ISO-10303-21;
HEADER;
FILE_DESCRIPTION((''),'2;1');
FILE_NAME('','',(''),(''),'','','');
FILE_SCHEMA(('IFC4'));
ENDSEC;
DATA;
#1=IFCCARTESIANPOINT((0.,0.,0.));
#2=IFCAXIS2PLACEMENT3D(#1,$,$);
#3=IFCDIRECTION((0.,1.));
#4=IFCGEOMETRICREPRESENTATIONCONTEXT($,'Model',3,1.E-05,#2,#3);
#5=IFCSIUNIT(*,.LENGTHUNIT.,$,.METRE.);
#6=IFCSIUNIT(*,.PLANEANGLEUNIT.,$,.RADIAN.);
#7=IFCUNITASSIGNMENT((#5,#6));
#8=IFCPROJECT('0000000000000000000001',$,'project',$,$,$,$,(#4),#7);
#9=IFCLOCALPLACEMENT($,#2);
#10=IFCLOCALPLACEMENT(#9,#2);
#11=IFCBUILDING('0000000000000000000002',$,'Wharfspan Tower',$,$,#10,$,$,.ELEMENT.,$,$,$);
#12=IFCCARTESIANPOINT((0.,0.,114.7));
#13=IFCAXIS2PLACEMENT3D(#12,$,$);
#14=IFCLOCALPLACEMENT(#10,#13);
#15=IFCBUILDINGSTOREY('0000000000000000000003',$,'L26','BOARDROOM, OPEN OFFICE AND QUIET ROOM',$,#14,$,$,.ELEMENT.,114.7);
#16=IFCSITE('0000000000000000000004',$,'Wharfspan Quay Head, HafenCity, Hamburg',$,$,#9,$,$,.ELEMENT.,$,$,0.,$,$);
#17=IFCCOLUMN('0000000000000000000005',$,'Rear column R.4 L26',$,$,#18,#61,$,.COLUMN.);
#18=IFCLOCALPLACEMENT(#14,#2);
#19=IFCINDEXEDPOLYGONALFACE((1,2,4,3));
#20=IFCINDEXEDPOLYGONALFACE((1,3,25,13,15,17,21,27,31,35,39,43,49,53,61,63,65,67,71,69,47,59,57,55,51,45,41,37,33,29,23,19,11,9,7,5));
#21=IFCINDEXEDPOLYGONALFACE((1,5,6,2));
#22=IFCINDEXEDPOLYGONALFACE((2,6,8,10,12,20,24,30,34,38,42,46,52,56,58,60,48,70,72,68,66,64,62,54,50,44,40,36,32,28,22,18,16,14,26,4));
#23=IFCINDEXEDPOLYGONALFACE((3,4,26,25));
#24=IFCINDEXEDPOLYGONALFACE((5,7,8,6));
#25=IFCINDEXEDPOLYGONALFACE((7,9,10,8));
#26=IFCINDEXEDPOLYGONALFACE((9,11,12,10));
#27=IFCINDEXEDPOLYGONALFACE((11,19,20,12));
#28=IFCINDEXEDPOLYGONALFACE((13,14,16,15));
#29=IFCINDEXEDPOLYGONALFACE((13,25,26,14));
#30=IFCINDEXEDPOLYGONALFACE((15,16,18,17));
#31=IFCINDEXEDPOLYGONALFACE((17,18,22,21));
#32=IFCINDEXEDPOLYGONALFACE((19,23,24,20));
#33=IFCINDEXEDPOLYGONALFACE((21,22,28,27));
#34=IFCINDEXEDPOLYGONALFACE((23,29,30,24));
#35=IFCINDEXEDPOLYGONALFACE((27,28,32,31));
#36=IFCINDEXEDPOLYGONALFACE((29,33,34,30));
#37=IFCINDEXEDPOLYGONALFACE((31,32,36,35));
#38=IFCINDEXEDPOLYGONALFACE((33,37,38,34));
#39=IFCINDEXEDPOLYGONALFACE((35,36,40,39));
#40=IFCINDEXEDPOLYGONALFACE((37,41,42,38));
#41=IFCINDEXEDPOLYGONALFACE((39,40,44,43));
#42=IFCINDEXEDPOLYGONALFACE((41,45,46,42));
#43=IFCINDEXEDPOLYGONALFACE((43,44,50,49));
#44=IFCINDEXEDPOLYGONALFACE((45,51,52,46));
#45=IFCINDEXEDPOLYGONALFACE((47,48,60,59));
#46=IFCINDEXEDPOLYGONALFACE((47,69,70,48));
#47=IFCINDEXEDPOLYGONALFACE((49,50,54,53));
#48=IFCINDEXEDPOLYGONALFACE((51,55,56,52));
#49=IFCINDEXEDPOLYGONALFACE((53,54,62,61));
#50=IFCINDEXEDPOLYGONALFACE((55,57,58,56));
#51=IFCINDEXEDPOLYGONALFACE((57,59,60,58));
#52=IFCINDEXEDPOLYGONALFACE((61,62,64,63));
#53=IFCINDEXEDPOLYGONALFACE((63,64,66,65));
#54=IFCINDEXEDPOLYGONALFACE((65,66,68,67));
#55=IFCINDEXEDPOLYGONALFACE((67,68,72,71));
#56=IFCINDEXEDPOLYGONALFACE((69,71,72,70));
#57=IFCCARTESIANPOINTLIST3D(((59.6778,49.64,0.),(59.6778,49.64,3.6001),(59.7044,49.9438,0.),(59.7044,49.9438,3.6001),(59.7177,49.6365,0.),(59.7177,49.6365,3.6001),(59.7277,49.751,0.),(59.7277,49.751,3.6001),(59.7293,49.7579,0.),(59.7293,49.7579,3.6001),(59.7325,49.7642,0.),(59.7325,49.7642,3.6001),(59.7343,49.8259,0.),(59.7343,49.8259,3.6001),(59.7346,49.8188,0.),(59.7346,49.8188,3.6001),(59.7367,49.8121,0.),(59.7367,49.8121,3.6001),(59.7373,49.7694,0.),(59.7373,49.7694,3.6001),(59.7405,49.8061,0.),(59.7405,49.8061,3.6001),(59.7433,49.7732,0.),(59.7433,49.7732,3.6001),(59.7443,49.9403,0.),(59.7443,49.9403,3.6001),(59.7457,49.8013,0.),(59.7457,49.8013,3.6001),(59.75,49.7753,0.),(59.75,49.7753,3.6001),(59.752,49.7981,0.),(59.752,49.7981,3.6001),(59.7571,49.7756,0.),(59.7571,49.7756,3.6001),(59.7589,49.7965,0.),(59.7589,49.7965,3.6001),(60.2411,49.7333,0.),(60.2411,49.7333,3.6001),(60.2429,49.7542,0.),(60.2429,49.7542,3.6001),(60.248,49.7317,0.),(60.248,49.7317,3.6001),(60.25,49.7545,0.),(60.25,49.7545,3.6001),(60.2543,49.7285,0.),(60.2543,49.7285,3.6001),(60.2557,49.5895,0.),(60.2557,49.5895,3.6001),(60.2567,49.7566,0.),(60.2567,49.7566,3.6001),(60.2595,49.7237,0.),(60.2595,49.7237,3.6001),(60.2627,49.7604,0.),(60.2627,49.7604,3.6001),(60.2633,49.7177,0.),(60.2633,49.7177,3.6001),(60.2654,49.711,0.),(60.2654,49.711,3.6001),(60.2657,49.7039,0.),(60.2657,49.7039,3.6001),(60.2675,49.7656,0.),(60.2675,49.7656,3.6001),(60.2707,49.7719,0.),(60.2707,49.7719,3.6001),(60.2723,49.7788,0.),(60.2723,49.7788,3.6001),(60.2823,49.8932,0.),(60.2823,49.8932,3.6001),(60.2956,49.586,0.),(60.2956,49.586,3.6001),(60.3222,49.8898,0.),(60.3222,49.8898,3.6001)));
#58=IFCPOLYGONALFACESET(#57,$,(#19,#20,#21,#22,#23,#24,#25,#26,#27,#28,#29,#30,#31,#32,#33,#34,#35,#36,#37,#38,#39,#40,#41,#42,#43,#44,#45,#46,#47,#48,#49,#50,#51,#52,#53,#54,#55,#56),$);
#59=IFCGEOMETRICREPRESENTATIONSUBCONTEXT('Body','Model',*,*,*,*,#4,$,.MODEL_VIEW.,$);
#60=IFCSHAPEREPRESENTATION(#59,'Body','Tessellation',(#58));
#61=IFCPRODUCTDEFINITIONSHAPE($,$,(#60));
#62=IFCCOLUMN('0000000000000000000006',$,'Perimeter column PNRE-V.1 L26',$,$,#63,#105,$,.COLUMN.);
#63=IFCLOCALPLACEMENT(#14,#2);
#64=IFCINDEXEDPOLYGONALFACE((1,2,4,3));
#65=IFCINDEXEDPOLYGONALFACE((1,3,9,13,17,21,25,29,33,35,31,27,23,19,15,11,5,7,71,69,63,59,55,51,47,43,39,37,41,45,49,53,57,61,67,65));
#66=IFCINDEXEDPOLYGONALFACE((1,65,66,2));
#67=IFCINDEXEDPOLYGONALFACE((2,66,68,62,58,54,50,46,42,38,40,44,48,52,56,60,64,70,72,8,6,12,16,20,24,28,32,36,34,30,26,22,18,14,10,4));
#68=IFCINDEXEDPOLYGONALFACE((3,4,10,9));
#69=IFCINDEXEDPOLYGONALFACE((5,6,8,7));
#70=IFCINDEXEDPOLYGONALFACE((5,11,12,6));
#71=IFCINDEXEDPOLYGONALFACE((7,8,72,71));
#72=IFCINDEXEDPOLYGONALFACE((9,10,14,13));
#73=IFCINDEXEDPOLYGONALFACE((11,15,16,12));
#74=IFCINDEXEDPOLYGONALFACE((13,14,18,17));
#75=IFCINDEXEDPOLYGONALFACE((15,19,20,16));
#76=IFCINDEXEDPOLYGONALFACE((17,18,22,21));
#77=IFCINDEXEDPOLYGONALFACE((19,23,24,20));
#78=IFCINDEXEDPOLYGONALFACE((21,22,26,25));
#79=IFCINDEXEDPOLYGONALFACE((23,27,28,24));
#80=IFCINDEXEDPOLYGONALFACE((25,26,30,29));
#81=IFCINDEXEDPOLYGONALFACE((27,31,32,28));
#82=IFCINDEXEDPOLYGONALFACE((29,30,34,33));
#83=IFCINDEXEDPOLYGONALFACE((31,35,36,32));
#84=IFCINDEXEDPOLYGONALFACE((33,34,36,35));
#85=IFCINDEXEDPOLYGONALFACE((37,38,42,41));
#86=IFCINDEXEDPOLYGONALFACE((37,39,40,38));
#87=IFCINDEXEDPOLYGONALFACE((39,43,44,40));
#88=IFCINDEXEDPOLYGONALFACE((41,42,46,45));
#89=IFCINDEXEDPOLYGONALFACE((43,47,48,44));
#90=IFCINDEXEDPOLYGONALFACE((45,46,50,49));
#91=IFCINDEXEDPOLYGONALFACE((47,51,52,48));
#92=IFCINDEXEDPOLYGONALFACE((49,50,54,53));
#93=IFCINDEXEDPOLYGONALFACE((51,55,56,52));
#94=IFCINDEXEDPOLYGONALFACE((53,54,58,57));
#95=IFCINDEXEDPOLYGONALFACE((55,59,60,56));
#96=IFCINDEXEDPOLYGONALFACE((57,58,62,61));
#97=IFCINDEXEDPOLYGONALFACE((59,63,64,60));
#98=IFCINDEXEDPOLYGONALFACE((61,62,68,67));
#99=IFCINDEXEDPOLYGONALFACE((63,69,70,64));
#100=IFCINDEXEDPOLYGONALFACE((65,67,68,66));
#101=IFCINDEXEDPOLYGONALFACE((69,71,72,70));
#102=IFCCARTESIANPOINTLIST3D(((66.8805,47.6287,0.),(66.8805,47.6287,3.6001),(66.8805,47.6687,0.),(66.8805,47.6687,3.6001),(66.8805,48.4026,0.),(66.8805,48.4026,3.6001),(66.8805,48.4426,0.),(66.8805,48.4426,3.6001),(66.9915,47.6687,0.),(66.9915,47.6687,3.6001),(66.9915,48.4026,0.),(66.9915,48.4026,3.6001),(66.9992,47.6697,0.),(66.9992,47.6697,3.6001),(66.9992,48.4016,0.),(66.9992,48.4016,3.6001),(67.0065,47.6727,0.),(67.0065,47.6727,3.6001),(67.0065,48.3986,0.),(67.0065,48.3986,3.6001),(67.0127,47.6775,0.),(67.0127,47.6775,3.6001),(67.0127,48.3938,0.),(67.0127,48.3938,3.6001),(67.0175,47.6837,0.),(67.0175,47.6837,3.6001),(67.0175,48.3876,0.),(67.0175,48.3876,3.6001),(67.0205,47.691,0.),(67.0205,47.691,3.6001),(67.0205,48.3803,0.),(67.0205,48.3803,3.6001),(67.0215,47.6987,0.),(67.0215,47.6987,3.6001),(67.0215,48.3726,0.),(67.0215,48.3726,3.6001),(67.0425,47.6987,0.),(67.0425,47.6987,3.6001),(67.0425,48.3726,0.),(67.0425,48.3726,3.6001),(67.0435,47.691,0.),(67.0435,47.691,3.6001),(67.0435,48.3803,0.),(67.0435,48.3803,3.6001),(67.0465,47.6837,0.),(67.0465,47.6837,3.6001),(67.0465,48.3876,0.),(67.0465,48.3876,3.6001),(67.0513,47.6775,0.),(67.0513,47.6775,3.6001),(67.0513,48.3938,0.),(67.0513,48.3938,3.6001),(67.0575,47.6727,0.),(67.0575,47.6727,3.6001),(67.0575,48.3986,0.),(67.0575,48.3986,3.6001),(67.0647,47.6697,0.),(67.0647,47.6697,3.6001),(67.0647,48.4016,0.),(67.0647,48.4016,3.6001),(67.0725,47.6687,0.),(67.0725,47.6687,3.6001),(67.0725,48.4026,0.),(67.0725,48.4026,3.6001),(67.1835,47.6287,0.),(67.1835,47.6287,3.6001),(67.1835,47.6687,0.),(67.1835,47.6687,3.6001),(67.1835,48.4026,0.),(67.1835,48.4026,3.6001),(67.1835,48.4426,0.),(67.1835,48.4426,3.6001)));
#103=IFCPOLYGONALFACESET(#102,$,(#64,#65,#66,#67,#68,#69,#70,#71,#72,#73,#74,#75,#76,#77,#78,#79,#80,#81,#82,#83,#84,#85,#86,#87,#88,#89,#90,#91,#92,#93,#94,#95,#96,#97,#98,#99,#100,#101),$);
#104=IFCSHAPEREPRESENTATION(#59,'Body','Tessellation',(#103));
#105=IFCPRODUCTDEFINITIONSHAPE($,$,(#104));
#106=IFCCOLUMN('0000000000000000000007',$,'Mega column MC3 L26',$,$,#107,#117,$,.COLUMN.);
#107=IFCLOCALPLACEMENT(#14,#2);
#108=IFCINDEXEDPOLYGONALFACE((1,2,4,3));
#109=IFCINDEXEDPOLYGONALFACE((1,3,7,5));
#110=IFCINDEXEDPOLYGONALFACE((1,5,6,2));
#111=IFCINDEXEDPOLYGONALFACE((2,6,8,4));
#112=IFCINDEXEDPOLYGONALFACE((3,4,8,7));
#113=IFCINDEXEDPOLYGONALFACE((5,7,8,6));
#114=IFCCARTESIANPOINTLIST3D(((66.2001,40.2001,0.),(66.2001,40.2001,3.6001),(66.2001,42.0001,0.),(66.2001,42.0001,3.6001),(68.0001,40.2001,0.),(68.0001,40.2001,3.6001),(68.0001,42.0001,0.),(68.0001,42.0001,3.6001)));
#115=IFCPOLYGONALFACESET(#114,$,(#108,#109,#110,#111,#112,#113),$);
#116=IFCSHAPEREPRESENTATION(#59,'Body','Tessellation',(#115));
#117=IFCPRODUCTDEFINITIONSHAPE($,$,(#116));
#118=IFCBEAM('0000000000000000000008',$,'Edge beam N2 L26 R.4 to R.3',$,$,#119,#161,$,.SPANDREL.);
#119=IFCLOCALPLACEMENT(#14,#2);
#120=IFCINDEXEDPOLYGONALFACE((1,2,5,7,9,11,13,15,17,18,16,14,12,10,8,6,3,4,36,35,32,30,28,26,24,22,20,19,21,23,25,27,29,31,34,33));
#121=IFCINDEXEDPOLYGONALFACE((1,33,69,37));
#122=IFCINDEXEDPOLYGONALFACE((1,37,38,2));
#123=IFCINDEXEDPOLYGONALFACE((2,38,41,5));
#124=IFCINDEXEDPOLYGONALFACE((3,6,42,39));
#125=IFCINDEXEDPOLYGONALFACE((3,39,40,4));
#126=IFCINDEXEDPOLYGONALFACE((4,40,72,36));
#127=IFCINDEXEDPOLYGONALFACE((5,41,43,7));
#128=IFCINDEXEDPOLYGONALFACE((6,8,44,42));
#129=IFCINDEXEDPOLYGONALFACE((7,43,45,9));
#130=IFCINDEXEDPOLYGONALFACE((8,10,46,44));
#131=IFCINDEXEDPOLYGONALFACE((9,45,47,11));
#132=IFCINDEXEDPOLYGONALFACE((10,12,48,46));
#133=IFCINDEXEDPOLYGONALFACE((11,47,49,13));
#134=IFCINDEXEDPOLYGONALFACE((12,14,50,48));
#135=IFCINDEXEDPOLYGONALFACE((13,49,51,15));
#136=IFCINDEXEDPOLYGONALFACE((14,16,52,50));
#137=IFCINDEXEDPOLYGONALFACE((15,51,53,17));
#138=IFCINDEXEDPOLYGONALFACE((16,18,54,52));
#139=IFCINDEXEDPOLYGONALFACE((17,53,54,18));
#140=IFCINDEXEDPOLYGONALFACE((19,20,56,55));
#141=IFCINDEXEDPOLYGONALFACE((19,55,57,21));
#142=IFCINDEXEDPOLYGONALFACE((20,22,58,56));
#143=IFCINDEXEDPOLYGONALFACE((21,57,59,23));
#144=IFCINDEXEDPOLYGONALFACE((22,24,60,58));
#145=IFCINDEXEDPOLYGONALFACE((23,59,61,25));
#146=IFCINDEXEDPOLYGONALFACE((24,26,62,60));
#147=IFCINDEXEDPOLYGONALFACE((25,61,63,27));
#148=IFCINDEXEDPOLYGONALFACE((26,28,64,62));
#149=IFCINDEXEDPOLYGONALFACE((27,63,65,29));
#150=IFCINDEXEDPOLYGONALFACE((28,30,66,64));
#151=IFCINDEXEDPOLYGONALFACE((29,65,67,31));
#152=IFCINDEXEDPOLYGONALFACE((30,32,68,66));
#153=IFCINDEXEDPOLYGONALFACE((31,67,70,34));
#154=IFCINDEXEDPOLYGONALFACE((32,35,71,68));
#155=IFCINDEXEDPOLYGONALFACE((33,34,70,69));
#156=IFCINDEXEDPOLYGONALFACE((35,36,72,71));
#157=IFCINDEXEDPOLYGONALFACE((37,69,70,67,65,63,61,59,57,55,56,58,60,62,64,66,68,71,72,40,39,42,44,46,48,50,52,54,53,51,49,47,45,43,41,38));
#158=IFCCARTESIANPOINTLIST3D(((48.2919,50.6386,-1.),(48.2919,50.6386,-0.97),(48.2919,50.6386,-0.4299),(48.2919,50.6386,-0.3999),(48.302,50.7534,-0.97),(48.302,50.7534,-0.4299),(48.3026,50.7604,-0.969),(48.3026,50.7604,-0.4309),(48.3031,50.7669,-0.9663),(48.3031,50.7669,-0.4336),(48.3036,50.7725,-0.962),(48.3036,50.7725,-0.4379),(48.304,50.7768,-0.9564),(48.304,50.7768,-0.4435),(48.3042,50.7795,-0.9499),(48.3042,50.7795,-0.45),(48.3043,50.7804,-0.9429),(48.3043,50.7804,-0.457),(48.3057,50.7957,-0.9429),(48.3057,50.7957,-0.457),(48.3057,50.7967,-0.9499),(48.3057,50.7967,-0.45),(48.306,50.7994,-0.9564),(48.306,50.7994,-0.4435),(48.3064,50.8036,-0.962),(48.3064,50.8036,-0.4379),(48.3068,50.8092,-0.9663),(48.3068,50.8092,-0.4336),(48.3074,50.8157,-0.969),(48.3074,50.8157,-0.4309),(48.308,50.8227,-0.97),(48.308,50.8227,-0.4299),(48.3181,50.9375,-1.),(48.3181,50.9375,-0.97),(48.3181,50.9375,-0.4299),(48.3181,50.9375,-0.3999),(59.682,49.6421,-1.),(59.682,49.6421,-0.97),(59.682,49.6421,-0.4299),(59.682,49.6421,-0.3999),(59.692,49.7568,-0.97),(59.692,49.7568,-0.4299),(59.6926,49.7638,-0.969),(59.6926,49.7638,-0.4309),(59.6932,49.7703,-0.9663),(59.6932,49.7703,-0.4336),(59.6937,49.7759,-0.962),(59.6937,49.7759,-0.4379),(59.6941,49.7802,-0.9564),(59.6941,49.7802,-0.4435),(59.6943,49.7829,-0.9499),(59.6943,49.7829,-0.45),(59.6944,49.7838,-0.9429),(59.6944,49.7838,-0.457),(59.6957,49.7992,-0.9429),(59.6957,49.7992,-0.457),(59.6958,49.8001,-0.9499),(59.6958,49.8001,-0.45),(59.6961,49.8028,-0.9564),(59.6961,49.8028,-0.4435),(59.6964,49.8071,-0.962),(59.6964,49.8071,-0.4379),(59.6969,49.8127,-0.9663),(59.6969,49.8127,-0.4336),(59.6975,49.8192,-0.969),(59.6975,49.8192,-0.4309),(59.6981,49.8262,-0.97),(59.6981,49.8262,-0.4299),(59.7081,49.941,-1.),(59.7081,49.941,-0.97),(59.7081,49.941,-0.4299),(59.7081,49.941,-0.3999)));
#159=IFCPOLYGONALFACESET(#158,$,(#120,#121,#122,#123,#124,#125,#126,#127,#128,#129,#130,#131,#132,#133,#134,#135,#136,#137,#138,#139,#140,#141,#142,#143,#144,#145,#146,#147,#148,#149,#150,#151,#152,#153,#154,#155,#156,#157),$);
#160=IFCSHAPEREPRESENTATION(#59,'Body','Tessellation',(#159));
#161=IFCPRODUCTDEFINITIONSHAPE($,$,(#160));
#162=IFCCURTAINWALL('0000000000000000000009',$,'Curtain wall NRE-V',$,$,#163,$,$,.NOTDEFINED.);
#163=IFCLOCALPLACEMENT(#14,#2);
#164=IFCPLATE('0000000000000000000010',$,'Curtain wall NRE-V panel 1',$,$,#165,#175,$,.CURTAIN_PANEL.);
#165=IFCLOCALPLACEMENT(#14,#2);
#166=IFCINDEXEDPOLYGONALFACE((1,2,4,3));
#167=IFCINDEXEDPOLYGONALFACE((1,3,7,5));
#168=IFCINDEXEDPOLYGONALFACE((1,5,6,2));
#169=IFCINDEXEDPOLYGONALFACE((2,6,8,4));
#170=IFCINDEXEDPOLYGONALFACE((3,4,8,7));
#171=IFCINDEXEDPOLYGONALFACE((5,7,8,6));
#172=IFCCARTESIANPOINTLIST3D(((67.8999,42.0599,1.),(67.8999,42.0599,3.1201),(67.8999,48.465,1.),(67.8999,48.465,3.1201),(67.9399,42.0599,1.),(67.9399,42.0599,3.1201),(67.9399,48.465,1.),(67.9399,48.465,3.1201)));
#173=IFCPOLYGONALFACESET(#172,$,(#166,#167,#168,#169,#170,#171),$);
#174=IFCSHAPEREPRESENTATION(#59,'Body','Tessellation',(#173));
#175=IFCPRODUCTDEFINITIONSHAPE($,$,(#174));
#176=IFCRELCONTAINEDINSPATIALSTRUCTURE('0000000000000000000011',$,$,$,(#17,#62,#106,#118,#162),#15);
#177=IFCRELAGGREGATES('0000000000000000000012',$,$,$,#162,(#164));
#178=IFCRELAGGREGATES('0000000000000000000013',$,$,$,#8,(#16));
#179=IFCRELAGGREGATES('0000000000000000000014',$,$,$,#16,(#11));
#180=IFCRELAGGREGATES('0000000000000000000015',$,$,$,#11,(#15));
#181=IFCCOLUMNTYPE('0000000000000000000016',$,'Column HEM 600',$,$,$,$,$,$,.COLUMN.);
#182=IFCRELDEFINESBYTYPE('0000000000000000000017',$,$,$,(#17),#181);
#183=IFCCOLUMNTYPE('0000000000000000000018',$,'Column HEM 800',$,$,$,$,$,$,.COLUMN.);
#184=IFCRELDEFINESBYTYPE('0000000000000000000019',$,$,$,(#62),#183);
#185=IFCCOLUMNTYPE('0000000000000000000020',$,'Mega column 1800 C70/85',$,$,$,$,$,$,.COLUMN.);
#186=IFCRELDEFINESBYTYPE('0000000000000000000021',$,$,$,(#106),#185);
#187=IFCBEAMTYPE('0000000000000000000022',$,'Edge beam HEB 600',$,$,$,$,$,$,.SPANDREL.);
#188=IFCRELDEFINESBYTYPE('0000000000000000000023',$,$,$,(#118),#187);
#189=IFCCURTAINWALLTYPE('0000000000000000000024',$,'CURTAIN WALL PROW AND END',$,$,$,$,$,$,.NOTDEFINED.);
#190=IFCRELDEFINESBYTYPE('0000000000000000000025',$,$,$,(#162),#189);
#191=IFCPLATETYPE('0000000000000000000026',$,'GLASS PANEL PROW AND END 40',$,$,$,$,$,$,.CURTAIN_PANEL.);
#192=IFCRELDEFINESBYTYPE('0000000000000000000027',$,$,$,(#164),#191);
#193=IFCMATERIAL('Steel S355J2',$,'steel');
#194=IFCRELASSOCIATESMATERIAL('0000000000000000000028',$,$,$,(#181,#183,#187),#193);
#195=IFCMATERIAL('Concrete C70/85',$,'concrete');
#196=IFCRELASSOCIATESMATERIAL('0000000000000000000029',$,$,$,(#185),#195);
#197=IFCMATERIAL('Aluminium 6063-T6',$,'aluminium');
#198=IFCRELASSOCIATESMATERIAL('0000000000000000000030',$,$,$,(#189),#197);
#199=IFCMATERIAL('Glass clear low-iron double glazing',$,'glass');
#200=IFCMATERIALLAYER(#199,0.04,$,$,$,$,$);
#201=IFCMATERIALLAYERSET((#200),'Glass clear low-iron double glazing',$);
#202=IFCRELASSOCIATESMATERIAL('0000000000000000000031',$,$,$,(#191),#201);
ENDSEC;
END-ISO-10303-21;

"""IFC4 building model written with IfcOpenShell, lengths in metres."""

from ifc_helpers import new_model, si_unit, direction, frame, origin, origin_2d, place, context, subcontext, project, spatial, rectangle, i_section, extrude, material, layer, layer_set, material_profile, profile_set, type_object, element, aggregate, save


model = new_model("IFC4")

# Units and contexts
model_context = context("Model", 3, precision=1e-05, world=origin(), true_north=direction((0.0, 1.0)))
body_context = subcontext(model_context, "Body", "Model", "MODEL_VIEW")
ifc_project = project(units=[si_unit("LENGTHUNIT", "METRE"), si_unit("PLANEANGLEUNIT", "RADIAN")], contexts=[model_context])

# Site, building, storey
site_placement = place(None, origin())
site = spatial("IfcSite", under=ifc_project, at=site_placement, Name="Wharfspan Quay Head, HafenCity, Hamburg", CompositionType="ELEMENT", RefElevation=0.0)
building_placement = place(site_placement, origin())
building = spatial("IfcBuilding", under=site, at=building_placement, Name="Wharfspan Tower", CompositionType="ELEMENT")
storey_placement = place(building_placement, frame((0.0, 0.0, 114.7)))
storey = spatial("IfcBuildingStorey", under=building, at=storey_placement, Name="L26", Description="BOARDROOM, OPEN OFFICE AND QUIET ROOM", CompositionType="ELEMENT", Elevation=114.7)

# Columns
ifc_material_1 = material(Name="Steel S355J2", Category="steel")
ifc_material_profile_1 = material_profile(ifc_material_1, i_section(OverallWidth=0.3049, OverallDepth=0.6201, WebThickness=0.021, FlangeThickness=0.04, FilletRadius=0.0271, at=origin_2d()))
ifc_profile_set_1 = profile_set([ifc_material_profile_1], Name="Steel S355J2")
column_type_1 = type_object("IfcColumnType", Name="Column HEM 600", PredefinedType="COLUMN", material=ifc_profile_set_1)
column_1_placement = place(storey_placement, frame((60.0, 49.7649, 0.0), z_axis=(0.0, 0.0, 1.0), x_axis=(0.087156, 0.996198, 0.0)))
element("IfcColumn", 1, at=column_1_placement, inside=storey, type_object=column_type_1, Name="Rear column R.4 L26", PredefinedType="COLUMN", context=body_context, shape_type="SweptSolid", body=[
    extrude(i_section(OverallWidth=0.3049, OverallDepth=0.6201, WebThickness=0.021, FlangeThickness=0.04, FilletRadius=0.0271, at=origin_2d()), origin(), (0.0, 0.0, 1.0), 3.6001),
])
ifc_material_profile_2 = material_profile(ifc_material_1, i_section(OverallWidth=0.303, OverallDepth=0.814, WebThickness=0.021, FlangeThickness=0.04, FilletRadius=0.03, at=origin_2d()))
ifc_profile_set_2 = profile_set([ifc_material_profile_2], Name="Steel S355J2")
column_type_2 = type_object("IfcColumnType", Name="Column HEM 800", PredefinedType="COLUMN", material=ifc_profile_set_2)
column_2_placement = place(storey_placement, frame((67.032, 48.0356, 0.0), z_axis=(0.0, 0.0, 1.0), x_axis=(1.0, 0.0, 0.0)))
element("IfcColumn", 2, at=column_2_placement, inside=storey, type_object=column_type_2, Name="Perimeter column PNRE-V.1 L26", PredefinedType="COLUMN", context=body_context, shape_type="SweptSolid", body=[
    extrude(i_section(OverallWidth=0.303, OverallDepth=0.814, WebThickness=0.021, FlangeThickness=0.04, FilletRadius=0.03, at=origin_2d()), origin(), (0.0, 0.0, 1.0), 3.6001),
])
ifc_material_2 = material(Name="Concrete C70/85", Category="concrete")
ifc_material_profile_3 = material_profile(ifc_material_2, rectangle(XDim=1.8, YDim=1.8, at=origin_2d()))
ifc_profile_set_3 = profile_set([ifc_material_profile_3], Name="Concrete C70/85")
column_type_3 = type_object("IfcColumnType", Name="Mega column 1800 C70/85", PredefinedType="COLUMN", material=ifc_profile_set_3)
column_3_placement = place(storey_placement, frame((67.1001, 41.1001, 0.0), z_axis=(0.0, 0.0, 1.0), x_axis=(1.0, 0.0, 0.0)))
element("IfcColumn", 3, at=column_3_placement, inside=storey, type_object=column_type_3, Name="Mega column MC3 L26", PredefinedType="COLUMN", context=body_context, shape_type="SweptSolid", body=[
    extrude(rectangle(XDim=1.8, YDim=1.8, at=origin_2d()), origin(), (0.0, 0.0, 1.0), 3.6001),
])

# Beam
ifc_material_profile_4 = material_profile(ifc_material_1, i_section(OverallWidth=0.3, OverallDepth=0.6001, WebThickness=0.0154, FlangeThickness=0.03, FilletRadius=0.0271, at=origin_2d()))
ifc_profile_set_4 = profile_set([ifc_material_profile_4], Name="Steel S355J2")
beam_type = type_object("IfcBeamType", Name="Edge beam HEB 600", PredefinedType="SPANDREL", material=ifc_profile_set_4)
beam_placement = place(storey_placement, frame((59.6951, 49.7915, -0.7), z_axis=(-0.996194, 0.087162, 0.0), x_axis=(-0.087162, -0.996194, 0.0)))
element("IfcBeam", 4, at=beam_placement, inside=storey, type_object=beam_type, Name="Edge beam N2 L26 R.4 to R.3", PredefinedType="SPANDREL", context=body_context, shape_type="SweptSolid", body=[
    extrude(i_section(OverallWidth=0.3, OverallDepth=0.6001, WebThickness=0.0154, FlangeThickness=0.03, FilletRadius=0.0271, at=origin_2d()), origin(), (0.0, 0.0, 1.0), 11.4336),
])

# Curtain wall, plate
ifc_material_3 = material(Name="Aluminium 6063-T6", Category="aluminium")
curtain_wall_type = type_object("IfcCurtainWallType", Name="CURTAIN WALL PROW AND END", PredefinedType="NOTDEFINED", material=ifc_material_3)
curtain_wall_placement = place(storey_placement, origin())
curtain_wall = element("IfcCurtainWall", 5, at=curtain_wall_placement, inside=storey, type_object=curtain_wall_type, Name="Curtain wall NRE-V", PredefinedType="NOTDEFINED")
ifc_material_4 = material(Name="Glass clear low-iron double glazing", Category="glass")
ifc_layer_1 = layer(ifc_material_4, 0.04)
ifc_layer_set_1 = layer_set([ifc_layer_1], Name="Glass clear low-iron double glazing")
plate_type = type_object("IfcPlateType", Name="GLASS PANEL PROW AND END 40", PredefinedType="CURTAIN_PANEL", material=ifc_layer_set_1)
plate_placement = place(storey_placement, frame((67.9199, 45.2625, 1.0), z_axis=(0.0, 0.0, 1.0), x_axis=(0.0, 1.0, 0.0)))
plate = element("IfcPlate", 6, at=plate_placement, type_object=plate_type, Name="Curtain wall NRE-V panel 1", PredefinedType="CURTAIN_PANEL", context=body_context, shape_type="SweptSolid", body=[
    extrude(rectangle(XDim=6.405, YDim=0.04, at=origin_2d()), origin(), (0.0, 0.0, 1.0), 2.1201),
])
aggregate(curtain_wall, [plate])

save(model, "model.ifc")
